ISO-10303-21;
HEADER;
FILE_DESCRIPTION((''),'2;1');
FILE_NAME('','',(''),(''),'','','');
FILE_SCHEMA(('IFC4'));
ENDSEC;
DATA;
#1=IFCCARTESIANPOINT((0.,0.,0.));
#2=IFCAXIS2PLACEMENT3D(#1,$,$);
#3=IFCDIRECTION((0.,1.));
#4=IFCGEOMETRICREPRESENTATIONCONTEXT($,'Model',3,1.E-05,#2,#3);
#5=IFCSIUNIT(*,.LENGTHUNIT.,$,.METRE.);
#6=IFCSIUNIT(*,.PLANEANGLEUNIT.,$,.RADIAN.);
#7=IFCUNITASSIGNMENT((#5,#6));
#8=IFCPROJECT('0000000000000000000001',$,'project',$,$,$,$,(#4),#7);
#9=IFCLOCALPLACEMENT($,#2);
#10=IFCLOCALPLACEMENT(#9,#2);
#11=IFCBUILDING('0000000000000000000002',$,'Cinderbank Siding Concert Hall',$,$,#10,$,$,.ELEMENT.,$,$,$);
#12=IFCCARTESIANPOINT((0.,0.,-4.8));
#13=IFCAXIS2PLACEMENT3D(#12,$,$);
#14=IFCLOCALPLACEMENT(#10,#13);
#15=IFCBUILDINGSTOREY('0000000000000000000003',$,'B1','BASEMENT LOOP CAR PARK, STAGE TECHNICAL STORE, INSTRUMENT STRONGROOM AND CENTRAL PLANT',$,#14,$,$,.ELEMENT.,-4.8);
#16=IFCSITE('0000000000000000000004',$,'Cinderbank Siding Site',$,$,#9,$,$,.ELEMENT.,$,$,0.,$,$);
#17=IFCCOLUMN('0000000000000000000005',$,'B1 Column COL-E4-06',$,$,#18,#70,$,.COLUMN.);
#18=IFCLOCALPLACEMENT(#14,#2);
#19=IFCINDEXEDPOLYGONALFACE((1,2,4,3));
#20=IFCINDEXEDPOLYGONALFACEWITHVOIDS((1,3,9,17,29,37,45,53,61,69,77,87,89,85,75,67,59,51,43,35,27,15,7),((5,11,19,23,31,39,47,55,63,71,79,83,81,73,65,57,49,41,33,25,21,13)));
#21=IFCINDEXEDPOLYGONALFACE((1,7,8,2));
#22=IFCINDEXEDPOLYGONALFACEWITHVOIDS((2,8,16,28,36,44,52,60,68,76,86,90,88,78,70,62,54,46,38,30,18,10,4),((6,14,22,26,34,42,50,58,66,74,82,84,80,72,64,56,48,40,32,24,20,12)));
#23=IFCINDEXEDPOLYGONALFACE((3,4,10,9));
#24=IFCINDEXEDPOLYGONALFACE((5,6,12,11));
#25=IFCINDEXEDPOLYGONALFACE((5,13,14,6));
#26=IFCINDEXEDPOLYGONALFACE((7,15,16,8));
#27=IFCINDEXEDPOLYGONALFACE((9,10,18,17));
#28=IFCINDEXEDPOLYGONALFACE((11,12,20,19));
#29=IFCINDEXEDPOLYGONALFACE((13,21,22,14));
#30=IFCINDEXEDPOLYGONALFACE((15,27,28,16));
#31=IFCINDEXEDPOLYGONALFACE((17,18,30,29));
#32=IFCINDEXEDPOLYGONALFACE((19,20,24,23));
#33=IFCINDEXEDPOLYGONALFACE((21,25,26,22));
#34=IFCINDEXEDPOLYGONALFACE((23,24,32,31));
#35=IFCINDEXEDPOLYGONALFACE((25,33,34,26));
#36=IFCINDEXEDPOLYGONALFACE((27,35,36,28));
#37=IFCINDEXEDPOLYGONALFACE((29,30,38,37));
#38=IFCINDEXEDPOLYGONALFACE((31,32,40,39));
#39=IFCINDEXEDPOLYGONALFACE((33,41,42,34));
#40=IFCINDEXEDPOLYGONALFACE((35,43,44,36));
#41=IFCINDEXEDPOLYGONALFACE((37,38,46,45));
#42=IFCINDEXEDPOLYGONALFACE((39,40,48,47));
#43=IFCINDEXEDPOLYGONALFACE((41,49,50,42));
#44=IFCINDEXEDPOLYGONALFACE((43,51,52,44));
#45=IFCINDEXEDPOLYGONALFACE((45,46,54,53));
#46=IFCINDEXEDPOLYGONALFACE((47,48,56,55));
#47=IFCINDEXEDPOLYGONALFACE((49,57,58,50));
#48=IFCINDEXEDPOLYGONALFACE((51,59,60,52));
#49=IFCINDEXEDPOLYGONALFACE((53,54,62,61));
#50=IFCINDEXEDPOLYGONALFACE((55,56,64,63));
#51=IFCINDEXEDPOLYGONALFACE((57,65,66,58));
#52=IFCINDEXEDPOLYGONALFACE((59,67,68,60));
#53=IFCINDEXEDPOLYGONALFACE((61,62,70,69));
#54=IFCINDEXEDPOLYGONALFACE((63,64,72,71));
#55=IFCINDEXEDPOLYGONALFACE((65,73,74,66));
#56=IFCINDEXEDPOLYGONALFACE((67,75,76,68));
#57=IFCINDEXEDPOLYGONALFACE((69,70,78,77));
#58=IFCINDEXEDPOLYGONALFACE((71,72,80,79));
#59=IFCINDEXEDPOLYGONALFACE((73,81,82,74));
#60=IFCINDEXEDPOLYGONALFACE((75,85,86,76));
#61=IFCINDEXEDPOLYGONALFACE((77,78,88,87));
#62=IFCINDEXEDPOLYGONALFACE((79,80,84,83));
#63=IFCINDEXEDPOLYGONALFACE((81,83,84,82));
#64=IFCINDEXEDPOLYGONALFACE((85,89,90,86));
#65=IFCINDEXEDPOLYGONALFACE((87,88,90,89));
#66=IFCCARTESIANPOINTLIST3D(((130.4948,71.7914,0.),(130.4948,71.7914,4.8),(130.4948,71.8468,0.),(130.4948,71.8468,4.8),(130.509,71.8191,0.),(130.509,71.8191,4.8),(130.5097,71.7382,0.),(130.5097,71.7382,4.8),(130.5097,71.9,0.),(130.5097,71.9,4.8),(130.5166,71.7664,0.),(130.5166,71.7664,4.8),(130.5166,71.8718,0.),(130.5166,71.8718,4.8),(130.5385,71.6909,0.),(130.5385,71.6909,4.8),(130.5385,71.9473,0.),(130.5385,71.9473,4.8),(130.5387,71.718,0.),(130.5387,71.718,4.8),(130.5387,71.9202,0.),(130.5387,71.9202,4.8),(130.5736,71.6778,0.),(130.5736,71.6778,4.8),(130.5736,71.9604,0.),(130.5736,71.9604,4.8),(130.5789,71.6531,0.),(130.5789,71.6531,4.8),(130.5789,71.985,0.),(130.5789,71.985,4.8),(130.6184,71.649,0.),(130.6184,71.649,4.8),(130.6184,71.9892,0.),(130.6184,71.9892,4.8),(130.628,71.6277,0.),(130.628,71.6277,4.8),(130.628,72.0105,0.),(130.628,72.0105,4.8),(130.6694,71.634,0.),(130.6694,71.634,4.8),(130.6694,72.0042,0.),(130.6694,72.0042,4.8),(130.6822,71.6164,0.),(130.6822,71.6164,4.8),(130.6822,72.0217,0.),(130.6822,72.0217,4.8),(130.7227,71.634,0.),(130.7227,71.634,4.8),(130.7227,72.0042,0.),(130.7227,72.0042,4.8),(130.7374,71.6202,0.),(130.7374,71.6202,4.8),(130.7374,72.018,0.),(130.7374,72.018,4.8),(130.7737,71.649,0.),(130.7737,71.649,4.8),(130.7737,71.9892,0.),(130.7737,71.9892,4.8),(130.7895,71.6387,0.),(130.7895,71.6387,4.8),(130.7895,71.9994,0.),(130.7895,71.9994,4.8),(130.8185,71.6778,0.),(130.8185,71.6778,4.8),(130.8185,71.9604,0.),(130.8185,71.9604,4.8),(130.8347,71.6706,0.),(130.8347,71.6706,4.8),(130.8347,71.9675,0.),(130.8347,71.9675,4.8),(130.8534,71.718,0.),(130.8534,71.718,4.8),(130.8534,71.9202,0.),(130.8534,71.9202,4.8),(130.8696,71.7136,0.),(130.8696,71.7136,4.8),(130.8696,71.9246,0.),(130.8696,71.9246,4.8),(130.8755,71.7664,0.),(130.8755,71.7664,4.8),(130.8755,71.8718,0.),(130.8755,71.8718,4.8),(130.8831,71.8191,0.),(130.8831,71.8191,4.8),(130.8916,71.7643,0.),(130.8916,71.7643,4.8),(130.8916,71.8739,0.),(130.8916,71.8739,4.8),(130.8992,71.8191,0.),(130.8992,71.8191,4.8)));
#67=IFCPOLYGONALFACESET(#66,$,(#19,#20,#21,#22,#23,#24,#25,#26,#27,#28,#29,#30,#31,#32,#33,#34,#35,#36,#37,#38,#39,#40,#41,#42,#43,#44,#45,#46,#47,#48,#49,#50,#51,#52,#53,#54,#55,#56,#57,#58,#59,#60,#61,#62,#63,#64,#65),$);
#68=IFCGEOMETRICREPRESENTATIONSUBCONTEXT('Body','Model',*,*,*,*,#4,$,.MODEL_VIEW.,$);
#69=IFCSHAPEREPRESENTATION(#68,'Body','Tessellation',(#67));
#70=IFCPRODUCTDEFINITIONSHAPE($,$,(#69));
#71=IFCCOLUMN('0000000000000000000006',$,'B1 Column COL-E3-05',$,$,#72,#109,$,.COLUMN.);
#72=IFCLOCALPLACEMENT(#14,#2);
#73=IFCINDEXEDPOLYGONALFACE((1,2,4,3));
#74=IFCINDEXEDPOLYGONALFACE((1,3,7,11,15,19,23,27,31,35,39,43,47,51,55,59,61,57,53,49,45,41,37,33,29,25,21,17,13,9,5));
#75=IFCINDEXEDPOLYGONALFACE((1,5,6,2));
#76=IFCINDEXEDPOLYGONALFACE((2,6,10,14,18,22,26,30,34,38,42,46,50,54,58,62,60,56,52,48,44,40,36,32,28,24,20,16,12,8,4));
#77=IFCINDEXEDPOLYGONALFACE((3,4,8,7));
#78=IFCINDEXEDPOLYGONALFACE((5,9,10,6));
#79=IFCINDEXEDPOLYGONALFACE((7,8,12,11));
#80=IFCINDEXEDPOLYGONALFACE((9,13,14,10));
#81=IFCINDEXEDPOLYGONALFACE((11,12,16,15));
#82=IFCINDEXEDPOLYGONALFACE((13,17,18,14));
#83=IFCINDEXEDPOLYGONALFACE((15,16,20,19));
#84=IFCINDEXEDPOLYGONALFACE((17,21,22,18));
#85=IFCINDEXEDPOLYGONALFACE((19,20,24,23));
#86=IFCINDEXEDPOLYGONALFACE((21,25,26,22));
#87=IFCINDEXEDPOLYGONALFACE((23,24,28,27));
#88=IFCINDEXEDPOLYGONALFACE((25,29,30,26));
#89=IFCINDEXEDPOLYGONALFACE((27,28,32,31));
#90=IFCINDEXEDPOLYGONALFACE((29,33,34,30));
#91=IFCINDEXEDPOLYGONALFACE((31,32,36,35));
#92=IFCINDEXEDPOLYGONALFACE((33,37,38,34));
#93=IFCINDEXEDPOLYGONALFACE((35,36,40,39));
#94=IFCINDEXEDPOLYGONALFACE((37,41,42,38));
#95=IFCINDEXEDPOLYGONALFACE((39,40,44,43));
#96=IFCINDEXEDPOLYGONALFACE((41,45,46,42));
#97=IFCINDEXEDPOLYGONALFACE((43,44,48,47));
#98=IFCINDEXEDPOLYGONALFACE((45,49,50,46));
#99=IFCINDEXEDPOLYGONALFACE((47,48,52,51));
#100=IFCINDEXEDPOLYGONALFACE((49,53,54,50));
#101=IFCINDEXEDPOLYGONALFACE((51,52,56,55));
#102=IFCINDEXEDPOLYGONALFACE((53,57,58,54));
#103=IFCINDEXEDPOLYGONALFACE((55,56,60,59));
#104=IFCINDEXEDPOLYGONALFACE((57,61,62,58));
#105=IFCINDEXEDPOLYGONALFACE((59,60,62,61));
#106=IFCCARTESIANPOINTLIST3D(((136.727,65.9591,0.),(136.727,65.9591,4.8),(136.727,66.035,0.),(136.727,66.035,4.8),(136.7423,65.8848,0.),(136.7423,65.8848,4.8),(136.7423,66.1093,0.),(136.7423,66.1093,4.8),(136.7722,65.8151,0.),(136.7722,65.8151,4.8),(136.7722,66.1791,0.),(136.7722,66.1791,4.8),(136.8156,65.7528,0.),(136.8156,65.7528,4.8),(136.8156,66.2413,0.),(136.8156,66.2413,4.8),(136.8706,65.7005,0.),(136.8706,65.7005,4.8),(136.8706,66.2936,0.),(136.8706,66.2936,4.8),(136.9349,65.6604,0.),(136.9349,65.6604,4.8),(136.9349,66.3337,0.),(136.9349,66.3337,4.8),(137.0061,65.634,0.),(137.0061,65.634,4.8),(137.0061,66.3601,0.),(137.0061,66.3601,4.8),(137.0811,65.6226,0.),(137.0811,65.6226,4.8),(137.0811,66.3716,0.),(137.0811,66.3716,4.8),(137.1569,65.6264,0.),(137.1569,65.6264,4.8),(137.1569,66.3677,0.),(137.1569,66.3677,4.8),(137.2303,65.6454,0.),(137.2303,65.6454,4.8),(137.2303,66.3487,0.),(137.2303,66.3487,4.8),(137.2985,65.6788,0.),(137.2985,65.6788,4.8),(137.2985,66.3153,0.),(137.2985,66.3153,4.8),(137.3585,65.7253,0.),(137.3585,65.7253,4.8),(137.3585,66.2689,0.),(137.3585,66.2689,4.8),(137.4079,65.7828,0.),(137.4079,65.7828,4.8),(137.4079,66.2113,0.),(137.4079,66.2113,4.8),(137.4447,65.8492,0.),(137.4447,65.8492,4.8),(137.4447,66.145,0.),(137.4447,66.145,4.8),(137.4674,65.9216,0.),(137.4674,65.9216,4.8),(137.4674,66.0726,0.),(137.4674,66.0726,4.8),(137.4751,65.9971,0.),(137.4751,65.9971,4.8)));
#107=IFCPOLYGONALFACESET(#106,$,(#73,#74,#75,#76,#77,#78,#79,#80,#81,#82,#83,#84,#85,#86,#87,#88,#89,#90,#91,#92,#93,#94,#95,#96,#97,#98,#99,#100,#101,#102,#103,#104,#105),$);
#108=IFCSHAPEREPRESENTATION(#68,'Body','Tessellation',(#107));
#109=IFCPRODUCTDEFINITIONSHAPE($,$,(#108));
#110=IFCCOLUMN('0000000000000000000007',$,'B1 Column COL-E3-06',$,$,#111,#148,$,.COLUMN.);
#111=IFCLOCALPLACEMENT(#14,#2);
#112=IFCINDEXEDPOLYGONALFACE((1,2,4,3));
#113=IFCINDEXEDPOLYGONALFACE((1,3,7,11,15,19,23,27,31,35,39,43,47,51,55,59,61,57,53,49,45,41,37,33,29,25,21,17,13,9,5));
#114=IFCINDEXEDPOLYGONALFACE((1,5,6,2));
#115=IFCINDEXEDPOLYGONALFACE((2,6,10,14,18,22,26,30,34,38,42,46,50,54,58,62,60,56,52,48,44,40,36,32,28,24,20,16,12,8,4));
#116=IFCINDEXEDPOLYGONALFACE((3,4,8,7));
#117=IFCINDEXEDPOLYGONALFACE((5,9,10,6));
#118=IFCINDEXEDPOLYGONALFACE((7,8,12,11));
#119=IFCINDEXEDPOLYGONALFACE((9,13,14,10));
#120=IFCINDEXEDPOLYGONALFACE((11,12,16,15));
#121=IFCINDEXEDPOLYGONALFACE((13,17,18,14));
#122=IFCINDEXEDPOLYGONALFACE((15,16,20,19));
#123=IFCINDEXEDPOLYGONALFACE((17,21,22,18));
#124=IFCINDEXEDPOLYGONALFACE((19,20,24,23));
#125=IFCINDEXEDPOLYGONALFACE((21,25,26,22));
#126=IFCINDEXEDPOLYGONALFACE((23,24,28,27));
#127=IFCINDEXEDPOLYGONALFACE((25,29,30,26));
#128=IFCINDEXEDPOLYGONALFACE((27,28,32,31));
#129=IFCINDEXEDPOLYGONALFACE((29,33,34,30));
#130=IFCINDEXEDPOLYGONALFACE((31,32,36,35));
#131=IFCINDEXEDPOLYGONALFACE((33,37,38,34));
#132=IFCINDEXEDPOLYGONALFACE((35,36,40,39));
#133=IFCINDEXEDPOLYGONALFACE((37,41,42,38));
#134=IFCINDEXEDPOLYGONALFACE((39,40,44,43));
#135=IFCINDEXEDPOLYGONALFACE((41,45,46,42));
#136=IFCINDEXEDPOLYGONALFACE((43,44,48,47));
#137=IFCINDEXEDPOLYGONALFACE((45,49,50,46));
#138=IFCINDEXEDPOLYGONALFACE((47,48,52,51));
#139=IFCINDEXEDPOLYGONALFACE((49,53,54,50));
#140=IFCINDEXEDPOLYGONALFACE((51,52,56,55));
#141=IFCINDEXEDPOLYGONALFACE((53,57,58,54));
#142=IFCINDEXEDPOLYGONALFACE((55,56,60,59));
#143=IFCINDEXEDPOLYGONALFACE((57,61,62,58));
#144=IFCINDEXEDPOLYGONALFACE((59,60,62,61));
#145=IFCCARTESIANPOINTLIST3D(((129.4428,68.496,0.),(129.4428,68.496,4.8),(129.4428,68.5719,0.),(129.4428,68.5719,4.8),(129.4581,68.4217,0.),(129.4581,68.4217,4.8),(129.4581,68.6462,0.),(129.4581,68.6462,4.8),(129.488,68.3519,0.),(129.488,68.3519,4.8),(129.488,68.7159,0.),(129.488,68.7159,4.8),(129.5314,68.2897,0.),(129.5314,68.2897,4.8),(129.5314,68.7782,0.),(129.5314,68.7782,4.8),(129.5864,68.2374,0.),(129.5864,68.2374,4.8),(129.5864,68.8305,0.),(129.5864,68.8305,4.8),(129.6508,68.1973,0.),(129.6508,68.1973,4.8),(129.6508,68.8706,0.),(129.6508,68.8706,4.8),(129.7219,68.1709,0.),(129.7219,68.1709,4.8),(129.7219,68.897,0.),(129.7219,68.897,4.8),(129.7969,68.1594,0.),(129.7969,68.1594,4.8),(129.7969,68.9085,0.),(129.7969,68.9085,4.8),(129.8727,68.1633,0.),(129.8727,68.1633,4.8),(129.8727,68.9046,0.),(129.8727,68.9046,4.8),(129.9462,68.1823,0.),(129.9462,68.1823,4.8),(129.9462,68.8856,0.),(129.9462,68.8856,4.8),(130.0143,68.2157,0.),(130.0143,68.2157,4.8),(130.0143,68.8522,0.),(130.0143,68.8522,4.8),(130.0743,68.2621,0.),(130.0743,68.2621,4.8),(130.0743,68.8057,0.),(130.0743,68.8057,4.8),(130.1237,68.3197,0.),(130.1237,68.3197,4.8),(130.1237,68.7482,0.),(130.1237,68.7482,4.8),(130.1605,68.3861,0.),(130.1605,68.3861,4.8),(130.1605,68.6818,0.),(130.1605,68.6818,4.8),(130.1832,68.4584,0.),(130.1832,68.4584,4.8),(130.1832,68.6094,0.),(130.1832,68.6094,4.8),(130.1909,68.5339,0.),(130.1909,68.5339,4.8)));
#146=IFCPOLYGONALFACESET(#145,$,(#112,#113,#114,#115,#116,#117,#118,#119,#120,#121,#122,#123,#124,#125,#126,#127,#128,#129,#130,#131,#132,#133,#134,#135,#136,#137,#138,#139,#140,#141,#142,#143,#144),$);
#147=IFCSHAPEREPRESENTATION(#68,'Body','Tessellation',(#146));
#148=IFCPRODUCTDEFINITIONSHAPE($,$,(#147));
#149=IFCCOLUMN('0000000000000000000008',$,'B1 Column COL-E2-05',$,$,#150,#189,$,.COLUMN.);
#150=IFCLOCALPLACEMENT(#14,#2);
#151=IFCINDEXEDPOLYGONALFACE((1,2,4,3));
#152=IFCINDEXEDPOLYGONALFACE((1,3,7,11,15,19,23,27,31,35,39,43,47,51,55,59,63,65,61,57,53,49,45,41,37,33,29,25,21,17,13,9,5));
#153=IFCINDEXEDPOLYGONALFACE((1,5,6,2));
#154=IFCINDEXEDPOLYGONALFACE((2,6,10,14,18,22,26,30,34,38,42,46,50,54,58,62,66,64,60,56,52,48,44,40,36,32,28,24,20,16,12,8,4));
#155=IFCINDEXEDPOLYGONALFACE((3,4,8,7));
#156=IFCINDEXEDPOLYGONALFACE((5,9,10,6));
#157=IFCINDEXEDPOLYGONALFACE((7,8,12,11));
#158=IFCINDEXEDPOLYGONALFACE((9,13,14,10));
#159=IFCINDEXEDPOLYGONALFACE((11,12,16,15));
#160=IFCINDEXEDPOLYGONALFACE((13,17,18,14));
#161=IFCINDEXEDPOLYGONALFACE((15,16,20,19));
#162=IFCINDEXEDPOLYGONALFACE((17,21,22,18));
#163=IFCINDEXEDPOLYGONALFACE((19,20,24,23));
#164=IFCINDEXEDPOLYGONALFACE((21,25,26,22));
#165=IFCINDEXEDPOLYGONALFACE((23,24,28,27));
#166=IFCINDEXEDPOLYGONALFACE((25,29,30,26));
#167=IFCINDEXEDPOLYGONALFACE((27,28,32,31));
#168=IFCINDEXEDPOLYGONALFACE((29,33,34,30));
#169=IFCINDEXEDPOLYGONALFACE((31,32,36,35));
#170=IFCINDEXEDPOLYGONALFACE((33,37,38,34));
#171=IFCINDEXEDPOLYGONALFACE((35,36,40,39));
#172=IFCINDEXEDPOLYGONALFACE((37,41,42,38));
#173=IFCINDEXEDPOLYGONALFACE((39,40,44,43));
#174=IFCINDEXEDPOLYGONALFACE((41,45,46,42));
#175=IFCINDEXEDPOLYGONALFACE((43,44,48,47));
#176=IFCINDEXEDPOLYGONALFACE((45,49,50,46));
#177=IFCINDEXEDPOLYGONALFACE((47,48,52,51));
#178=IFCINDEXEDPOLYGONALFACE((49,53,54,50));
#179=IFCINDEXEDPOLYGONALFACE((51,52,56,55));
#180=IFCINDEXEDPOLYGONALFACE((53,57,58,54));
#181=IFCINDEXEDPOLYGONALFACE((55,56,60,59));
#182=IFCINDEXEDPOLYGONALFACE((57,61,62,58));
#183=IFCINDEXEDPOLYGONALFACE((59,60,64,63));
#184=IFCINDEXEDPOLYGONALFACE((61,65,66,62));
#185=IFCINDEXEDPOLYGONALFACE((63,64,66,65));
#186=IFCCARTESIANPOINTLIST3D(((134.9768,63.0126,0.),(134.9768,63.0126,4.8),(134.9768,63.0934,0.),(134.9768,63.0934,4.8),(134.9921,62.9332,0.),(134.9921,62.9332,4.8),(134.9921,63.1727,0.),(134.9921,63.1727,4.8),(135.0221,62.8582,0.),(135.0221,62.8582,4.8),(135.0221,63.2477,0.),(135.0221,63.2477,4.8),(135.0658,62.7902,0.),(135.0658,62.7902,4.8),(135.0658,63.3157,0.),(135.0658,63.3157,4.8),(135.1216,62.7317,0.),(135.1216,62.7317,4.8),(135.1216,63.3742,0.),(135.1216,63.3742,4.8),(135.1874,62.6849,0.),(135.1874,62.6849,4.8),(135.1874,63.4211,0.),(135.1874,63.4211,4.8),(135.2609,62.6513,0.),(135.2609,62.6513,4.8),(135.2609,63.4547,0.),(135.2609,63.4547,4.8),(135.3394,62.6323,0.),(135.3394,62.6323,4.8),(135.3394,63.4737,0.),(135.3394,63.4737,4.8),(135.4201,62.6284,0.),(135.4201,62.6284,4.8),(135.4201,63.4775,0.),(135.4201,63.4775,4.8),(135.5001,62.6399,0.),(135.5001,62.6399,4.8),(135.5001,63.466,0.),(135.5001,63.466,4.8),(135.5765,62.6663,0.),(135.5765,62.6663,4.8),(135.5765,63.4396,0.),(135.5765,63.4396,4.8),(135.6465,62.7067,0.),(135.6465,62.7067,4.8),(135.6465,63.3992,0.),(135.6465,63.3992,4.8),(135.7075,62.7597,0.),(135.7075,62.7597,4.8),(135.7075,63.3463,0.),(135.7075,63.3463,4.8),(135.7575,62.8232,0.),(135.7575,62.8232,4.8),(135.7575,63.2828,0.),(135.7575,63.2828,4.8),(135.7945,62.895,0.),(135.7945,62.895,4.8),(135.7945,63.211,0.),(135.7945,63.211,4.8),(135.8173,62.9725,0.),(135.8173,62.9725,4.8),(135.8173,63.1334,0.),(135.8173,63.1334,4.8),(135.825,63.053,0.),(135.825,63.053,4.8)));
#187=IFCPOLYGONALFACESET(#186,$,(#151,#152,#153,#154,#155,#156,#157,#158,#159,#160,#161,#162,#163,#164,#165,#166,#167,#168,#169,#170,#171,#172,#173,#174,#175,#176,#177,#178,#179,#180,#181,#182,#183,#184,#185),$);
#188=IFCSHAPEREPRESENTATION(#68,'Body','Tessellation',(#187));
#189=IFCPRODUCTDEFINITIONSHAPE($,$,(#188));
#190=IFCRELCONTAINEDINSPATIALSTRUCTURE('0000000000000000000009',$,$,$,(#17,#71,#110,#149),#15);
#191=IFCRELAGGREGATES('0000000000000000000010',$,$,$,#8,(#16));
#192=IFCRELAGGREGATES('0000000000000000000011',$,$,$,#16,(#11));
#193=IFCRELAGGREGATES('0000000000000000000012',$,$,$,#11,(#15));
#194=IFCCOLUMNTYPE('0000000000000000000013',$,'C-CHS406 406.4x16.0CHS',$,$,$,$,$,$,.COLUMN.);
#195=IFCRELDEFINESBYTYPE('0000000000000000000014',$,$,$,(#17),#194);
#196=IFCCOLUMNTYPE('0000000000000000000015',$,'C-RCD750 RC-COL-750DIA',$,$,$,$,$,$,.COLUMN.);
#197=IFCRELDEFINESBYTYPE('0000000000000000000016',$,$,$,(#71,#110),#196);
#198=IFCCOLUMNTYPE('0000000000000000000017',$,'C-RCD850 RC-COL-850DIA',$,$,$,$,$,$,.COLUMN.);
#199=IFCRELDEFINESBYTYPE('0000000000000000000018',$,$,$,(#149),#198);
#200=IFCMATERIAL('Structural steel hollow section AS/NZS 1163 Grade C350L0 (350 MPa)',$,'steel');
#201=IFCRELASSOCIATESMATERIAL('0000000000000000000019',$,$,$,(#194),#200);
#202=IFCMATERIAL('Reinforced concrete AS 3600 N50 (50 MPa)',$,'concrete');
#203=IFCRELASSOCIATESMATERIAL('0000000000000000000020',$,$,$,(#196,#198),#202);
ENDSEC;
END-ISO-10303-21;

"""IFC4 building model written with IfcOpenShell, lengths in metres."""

from ifc_helpers import new_model, si_unit, direction, frame, origin, origin_2d, place, context, subcontext, project, spatial, circle, hollow_circle, extrude, material, material_profile, profile_set, type_object, element, save


model = new_model("IFC4")

# Units and contexts
model_context = context("Model", 3, precision=1e-05, world=origin(), true_north=direction((0.0, 1.0)))
body_context = subcontext(model_context, "Body", "Model", "MODEL_VIEW")
ifc_project = project(units=[si_unit("LENGTHUNIT", "METRE"), si_unit("PLANEANGLEUNIT", "RADIAN")], contexts=[model_context])

# Site, building, storey
site_placement = place(None, origin())
site = spatial("IfcSite", under=ifc_project, at=site_placement, Name="Cinderbank Siding Site", CompositionType="ELEMENT", RefElevation=0.0)
building_placement = place(site_placement, origin())
building = spatial("IfcBuilding", under=site, at=building_placement, Name="Cinderbank Siding Concert Hall", CompositionType="ELEMENT")
storey_placement = place(building_placement, frame((0.0, 0.0, -4.8)))
storey = spatial("IfcBuildingStorey", under=building, at=storey_placement, Name="B1", Description="BASEMENT LOOP CAR PARK, STAGE TECHNICAL STORE, INSTRUMENT STRONGROOM AND CENTRAL PLANT", CompositionType="ELEMENT", Elevation=-4.8)

# Columns
ifc_material_1 = material(Name="Structural steel hollow section AS/NZS 1163 Grade C350L0 (350 MPa)", Category="steel")
ifc_material_profile_1 = material_profile(ifc_material_1, hollow_circle(Radius=0.2031, WallThickness=0.0161, at=origin_2d()), Name="406.4x16.0CHS", Category="LoadBearing")
ifc_profile_set_1 = profile_set([ifc_material_profile_1], Name="Structural steel hollow section AS/NZS 1163 Grade C350L0 (350 MPa)")
column_type_1 = type_object("IfcColumnType", Name="C-CHS406 406.4x16.0CHS", PredefinedType="COLUMN", material=ifc_profile_set_1)
for number, where, z_axis, x_axis, name in (
    (1, (130.696, 71.8191, 0.0), (0.0, 0.0, 1.0), (1.0, 0.0, 0.0), "B1 Column COL-E4-06"),
):
    element("IfcColumn", number, at=place(storey_placement, frame(where, z_axis=z_axis, x_axis=x_axis)), inside=storey, type_object=column_type_1, Name=name, PredefinedType="COLUMN", context=body_context, shape_type="SweptSolid", body=[
        extrude(hollow_circle(Radius=0.2031, WallThickness=0.0161, at=origin_2d()), origin(), (0.0, 0.0, 1.0), 4.8),
    ])
ifc_material_2 = material(Name="Reinforced concrete AS 3600 N50 (50 MPa)", Category="concrete")
ifc_material_profile_2 = material_profile(ifc_material_2, circle(Radius=0.375, at=origin_2d()), Name="RC-COL-750DIA", Category="LoadBearing")
ifc_profile_set_2 = profile_set([ifc_material_profile_2], Name="Reinforced concrete AS 3600 N50 (50 MPa)")
column_type_2 = type_object("IfcColumnType", Name="C-RCD750 RC-COL-750DIA", PredefinedType="COLUMN", material=ifc_profile_set_2)
for number, where, z_axis, x_axis, name in (
    (2, (137.1001, 65.9971, 0.0), (0.0, 0.0, 1.0), (1.0, 0.0, 0.0), "B1 Column COL-E3-05"),
    (3, (129.8159, 68.5339, 0.0), (0.0, 0.0, 1.0), (1.0, 0.0, 0.0), "B1 Column COL-E3-06"),
):
    element("IfcColumn", number, at=place(storey_placement, frame(where, z_axis=z_axis, x_axis=x_axis)), inside=storey, type_object=column_type_2, Name=name, PredefinedType="COLUMN", context=body_context, shape_type="SweptSolid", body=[
        extrude(circle(Radius=0.375, at=origin_2d()), origin(), (0.0, 0.0, 1.0), 4.8),
    ])
ifc_material_profile_3 = material_profile(ifc_material_2, circle(Radius=0.425, at=origin_2d()), Name="RC-COL-850DIA", Category="LoadBearing")
ifc_profile_set_3 = profile_set([ifc_material_profile_3], Name="Reinforced concrete AS 3600 N50 (50 MPa)")
column_type_3 = type_object("IfcColumnType", Name="C-RCD850 RC-COL-850DIA", PredefinedType="COLUMN", material=ifc_profile_set_3)
for number, where, z_axis, x_axis, name in (
    (4, (135.3999, 63.053, 0.0), (0.0, 0.0, 1.0), (1.0, 0.0, 0.0), "B1 Column COL-E2-05"),
):
    element("IfcColumn", number, at=place(storey_placement, frame(where, z_axis=z_axis, x_axis=x_axis)), inside=storey, type_object=column_type_3, Name=name, PredefinedType="COLUMN", context=body_context, shape_type="SweptSolid", body=[
        extrude(circle(Radius=0.425, at=origin_2d()), origin(), (0.0, 0.0, 1.0), 4.8),
    ])

save(model, "model.ifc")
